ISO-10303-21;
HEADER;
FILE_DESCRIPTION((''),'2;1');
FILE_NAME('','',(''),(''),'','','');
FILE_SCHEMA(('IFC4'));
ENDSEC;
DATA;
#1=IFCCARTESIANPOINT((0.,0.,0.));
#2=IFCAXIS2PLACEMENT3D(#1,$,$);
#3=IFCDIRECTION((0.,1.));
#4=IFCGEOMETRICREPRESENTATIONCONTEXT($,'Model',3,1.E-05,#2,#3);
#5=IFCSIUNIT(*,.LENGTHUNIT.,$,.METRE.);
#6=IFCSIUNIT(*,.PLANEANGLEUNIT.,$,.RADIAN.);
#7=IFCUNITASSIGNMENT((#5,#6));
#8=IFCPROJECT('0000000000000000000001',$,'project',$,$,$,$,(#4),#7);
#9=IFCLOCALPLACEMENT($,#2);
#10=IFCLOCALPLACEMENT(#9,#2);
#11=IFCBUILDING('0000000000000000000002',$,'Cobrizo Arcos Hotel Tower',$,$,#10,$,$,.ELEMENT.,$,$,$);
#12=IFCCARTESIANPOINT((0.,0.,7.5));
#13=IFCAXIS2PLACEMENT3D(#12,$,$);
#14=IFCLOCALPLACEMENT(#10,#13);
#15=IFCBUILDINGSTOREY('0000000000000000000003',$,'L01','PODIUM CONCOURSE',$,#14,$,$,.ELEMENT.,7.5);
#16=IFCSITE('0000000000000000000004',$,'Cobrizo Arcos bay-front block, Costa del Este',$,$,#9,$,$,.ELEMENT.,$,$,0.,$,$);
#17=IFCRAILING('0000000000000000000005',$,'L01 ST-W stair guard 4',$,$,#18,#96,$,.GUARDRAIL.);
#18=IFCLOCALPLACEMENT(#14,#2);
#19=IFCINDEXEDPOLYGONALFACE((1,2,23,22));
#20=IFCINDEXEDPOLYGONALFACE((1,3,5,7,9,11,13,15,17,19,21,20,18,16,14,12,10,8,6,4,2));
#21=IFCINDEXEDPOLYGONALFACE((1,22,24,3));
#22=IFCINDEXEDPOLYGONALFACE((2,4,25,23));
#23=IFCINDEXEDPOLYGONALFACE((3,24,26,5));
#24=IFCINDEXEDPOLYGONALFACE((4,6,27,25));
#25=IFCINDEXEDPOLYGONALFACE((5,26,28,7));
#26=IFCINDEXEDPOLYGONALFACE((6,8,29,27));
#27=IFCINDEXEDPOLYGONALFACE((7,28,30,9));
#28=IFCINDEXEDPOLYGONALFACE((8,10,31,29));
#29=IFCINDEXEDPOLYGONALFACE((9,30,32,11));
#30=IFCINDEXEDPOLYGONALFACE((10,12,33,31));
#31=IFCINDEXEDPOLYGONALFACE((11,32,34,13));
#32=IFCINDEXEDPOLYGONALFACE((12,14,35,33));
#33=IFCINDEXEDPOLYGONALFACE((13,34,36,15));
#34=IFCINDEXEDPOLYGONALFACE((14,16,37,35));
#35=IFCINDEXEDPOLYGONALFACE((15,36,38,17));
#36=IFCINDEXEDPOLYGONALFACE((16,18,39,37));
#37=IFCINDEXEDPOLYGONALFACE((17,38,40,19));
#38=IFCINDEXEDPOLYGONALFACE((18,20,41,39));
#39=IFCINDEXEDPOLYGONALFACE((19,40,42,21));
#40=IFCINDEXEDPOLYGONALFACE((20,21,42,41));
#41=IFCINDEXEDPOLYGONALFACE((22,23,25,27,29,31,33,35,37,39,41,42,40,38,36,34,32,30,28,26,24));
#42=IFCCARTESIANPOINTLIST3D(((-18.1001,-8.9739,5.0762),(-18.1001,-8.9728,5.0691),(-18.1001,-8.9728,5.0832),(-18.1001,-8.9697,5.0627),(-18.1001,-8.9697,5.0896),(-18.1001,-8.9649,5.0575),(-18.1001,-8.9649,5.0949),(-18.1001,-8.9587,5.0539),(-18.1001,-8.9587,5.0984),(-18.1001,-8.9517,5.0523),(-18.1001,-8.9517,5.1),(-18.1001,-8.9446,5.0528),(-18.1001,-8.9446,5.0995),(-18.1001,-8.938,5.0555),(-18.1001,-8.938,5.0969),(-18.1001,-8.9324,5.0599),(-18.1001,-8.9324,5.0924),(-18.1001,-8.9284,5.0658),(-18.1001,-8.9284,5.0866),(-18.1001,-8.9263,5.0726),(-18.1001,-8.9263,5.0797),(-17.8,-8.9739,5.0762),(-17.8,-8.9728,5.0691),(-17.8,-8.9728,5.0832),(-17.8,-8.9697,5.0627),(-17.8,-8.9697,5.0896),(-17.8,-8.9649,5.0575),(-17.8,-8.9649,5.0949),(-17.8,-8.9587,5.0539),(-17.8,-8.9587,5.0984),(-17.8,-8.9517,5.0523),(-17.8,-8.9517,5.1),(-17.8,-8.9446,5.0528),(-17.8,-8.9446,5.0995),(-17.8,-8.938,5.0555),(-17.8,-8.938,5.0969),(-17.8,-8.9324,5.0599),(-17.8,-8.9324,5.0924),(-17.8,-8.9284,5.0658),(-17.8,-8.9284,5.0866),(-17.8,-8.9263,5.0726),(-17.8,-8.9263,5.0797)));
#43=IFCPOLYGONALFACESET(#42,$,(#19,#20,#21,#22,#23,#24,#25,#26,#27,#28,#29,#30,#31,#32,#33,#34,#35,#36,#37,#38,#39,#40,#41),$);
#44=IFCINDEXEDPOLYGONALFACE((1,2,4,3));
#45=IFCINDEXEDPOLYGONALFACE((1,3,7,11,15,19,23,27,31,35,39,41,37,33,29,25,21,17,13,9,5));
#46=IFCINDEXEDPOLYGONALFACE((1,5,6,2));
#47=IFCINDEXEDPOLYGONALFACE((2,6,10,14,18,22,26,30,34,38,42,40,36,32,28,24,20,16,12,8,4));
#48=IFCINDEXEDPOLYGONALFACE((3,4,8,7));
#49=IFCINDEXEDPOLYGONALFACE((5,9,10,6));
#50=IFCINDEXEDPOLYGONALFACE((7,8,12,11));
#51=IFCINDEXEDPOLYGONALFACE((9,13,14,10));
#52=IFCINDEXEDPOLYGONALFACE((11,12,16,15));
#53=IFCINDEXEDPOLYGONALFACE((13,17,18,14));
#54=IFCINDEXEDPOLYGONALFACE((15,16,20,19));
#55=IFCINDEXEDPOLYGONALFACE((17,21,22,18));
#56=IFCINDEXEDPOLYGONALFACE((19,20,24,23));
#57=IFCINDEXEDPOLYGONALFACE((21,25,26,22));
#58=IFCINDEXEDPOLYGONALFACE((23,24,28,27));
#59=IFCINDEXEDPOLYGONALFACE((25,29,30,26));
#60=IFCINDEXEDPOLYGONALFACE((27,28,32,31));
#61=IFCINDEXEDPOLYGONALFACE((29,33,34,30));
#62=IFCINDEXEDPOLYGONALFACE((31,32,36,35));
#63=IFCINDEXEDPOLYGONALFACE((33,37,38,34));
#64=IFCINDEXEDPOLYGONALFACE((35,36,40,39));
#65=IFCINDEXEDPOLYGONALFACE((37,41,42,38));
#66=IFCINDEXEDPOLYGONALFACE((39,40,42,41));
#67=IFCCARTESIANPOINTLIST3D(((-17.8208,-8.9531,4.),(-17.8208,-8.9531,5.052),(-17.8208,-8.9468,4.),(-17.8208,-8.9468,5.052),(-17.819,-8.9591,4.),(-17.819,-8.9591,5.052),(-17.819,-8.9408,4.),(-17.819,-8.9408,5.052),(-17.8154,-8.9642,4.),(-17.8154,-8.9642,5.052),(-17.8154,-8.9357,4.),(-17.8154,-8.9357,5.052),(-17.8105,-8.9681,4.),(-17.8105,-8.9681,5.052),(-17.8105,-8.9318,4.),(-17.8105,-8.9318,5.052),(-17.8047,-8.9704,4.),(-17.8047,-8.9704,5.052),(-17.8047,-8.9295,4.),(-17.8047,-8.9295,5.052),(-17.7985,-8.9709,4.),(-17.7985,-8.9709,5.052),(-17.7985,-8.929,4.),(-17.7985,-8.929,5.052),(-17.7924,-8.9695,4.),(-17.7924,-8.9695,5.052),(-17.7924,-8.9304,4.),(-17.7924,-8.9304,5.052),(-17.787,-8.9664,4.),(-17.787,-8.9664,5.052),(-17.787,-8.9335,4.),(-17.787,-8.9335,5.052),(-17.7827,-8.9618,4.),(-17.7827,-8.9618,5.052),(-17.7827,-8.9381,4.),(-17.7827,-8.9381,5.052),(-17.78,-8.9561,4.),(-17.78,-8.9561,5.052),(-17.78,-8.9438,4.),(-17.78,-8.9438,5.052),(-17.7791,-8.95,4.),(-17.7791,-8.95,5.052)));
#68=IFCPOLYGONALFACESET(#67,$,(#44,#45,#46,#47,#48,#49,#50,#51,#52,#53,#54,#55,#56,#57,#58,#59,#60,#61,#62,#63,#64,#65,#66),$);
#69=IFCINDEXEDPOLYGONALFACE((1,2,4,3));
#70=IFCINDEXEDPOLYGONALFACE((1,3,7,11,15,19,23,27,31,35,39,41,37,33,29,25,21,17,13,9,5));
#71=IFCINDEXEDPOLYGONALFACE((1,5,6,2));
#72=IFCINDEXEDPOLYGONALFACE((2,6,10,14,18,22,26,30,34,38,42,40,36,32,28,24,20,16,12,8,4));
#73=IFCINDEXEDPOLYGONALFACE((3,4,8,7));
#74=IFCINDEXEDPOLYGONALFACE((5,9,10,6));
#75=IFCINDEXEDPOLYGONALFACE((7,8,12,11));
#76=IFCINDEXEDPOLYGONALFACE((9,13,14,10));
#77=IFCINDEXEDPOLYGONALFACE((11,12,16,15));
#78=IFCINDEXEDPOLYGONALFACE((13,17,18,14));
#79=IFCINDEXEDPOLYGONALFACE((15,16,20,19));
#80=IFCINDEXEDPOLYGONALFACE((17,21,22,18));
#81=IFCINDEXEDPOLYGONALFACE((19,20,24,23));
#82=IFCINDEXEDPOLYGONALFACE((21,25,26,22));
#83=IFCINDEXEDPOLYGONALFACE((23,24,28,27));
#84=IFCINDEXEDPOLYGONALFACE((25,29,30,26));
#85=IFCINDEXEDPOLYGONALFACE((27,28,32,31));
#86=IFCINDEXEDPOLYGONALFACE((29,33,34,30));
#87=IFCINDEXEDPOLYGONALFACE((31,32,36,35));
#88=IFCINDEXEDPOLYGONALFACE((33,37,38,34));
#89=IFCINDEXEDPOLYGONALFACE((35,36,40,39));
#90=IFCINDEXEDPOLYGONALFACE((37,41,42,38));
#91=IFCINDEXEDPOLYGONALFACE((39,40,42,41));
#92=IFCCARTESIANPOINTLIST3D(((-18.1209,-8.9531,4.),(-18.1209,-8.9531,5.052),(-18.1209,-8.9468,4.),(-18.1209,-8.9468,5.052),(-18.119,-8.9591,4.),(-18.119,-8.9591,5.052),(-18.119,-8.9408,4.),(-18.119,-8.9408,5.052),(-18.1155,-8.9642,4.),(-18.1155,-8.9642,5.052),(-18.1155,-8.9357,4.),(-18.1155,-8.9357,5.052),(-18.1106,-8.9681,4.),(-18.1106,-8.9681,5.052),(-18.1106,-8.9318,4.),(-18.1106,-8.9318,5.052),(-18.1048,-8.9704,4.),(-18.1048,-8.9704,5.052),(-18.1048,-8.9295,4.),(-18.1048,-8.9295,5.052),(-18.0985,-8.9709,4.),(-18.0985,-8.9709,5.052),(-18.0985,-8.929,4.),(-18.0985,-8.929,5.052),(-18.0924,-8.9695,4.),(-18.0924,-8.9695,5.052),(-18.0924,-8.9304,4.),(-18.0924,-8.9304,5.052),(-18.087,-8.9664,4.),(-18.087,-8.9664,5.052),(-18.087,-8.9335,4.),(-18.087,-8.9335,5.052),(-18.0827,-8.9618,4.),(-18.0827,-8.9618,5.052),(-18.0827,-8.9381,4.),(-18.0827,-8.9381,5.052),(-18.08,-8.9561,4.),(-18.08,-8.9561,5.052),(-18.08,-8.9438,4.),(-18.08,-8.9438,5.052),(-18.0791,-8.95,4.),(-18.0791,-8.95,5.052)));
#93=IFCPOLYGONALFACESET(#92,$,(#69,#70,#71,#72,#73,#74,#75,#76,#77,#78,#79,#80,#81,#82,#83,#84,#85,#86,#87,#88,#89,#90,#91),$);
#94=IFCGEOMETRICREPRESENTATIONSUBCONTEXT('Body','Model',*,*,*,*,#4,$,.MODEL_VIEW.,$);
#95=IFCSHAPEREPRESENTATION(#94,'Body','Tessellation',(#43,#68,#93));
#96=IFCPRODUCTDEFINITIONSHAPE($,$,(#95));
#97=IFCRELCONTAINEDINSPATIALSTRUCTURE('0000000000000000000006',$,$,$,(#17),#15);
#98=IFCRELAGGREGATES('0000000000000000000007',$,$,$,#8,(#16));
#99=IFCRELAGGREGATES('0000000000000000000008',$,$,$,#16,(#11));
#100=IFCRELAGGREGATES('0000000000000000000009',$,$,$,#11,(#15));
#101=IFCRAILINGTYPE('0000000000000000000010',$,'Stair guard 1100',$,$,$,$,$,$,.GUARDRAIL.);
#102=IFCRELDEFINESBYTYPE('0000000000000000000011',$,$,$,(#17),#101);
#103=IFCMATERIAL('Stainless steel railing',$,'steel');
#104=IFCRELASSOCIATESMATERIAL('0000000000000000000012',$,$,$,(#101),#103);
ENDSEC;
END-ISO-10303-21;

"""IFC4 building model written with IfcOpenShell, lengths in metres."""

from ifc_helpers import new_model, si_unit, direction, frame, origin, origin_2d, place, context, subcontext, project, spatial, circle, extrude, material, type_object, element, save


model = new_model("IFC4")

# Units and contexts
model_context = context("Model", 3, precision=1e-05, world=origin(), true_north=direction((0.0, 1.0)))
body_context = subcontext(model_context, "Body", "Model", "MODEL_VIEW")
ifc_project = project(units=[si_unit("LENGTHUNIT", "METRE"), si_unit("PLANEANGLEUNIT", "RADIAN")], contexts=[model_context])

# Site, building, storey
site_placement = place(None, origin())
site = spatial("IfcSite", under=ifc_project, at=site_placement, Name="Cobrizo Arcos bay-front block, Costa del Este", CompositionType="ELEMENT", RefElevation=0.0)
building_placement = place(site_placement, origin())
building = spatial("IfcBuilding", under=site, at=building_placement, Name="Cobrizo Arcos Hotel Tower", CompositionType="ELEMENT")
storey_placement = place(building_placement, frame((0.0, 0.0, 7.5)))
storey = spatial("IfcBuildingStorey", under=building, at=storey_placement, Name="L01", Description="PODIUM CONCOURSE", CompositionType="ELEMENT", Elevation=7.5)

# Railing
ifc_material_1 = material(Name="Stainless steel railing", Category="steel")
railing_type_1 = type_object("IfcRailingType", Name="Stair guard 1100", PredefinedType="GUARDRAIL", material=ifc_material_1)
railing_1_placement = place(storey_placement, frame((-17.8, -8.95, 4.0)))
element("IfcRailing", 1, at=railing_1_placement, inside=storey, type_object=railing_type_1, Name="L01 ST-W stair guard 4", PredefinedType="GUARDRAIL", context=body_context, shape_type="SweptSolid", body=[
    extrude(circle(Radius=0.0239, at=origin_2d()), frame((0.0, 0.0, 1.0762), z_axis=(-1.0, 0.0, 0.0), x_axis=(0.0, -1.0, 0.0)), (0.0, 0.0, 1.0), 0.3),
    extrude(circle(Radius=0.021, at=origin_2d()), origin(), (0.0, 0.0, 1.0), 1.052),
    extrude(circle(Radius=0.021, at=origin_2d()), frame((-0.3, 0.0, 0.0)), (0.0, 0.0, 1.0), 1.052),
])

save(model, "model.ifc")
